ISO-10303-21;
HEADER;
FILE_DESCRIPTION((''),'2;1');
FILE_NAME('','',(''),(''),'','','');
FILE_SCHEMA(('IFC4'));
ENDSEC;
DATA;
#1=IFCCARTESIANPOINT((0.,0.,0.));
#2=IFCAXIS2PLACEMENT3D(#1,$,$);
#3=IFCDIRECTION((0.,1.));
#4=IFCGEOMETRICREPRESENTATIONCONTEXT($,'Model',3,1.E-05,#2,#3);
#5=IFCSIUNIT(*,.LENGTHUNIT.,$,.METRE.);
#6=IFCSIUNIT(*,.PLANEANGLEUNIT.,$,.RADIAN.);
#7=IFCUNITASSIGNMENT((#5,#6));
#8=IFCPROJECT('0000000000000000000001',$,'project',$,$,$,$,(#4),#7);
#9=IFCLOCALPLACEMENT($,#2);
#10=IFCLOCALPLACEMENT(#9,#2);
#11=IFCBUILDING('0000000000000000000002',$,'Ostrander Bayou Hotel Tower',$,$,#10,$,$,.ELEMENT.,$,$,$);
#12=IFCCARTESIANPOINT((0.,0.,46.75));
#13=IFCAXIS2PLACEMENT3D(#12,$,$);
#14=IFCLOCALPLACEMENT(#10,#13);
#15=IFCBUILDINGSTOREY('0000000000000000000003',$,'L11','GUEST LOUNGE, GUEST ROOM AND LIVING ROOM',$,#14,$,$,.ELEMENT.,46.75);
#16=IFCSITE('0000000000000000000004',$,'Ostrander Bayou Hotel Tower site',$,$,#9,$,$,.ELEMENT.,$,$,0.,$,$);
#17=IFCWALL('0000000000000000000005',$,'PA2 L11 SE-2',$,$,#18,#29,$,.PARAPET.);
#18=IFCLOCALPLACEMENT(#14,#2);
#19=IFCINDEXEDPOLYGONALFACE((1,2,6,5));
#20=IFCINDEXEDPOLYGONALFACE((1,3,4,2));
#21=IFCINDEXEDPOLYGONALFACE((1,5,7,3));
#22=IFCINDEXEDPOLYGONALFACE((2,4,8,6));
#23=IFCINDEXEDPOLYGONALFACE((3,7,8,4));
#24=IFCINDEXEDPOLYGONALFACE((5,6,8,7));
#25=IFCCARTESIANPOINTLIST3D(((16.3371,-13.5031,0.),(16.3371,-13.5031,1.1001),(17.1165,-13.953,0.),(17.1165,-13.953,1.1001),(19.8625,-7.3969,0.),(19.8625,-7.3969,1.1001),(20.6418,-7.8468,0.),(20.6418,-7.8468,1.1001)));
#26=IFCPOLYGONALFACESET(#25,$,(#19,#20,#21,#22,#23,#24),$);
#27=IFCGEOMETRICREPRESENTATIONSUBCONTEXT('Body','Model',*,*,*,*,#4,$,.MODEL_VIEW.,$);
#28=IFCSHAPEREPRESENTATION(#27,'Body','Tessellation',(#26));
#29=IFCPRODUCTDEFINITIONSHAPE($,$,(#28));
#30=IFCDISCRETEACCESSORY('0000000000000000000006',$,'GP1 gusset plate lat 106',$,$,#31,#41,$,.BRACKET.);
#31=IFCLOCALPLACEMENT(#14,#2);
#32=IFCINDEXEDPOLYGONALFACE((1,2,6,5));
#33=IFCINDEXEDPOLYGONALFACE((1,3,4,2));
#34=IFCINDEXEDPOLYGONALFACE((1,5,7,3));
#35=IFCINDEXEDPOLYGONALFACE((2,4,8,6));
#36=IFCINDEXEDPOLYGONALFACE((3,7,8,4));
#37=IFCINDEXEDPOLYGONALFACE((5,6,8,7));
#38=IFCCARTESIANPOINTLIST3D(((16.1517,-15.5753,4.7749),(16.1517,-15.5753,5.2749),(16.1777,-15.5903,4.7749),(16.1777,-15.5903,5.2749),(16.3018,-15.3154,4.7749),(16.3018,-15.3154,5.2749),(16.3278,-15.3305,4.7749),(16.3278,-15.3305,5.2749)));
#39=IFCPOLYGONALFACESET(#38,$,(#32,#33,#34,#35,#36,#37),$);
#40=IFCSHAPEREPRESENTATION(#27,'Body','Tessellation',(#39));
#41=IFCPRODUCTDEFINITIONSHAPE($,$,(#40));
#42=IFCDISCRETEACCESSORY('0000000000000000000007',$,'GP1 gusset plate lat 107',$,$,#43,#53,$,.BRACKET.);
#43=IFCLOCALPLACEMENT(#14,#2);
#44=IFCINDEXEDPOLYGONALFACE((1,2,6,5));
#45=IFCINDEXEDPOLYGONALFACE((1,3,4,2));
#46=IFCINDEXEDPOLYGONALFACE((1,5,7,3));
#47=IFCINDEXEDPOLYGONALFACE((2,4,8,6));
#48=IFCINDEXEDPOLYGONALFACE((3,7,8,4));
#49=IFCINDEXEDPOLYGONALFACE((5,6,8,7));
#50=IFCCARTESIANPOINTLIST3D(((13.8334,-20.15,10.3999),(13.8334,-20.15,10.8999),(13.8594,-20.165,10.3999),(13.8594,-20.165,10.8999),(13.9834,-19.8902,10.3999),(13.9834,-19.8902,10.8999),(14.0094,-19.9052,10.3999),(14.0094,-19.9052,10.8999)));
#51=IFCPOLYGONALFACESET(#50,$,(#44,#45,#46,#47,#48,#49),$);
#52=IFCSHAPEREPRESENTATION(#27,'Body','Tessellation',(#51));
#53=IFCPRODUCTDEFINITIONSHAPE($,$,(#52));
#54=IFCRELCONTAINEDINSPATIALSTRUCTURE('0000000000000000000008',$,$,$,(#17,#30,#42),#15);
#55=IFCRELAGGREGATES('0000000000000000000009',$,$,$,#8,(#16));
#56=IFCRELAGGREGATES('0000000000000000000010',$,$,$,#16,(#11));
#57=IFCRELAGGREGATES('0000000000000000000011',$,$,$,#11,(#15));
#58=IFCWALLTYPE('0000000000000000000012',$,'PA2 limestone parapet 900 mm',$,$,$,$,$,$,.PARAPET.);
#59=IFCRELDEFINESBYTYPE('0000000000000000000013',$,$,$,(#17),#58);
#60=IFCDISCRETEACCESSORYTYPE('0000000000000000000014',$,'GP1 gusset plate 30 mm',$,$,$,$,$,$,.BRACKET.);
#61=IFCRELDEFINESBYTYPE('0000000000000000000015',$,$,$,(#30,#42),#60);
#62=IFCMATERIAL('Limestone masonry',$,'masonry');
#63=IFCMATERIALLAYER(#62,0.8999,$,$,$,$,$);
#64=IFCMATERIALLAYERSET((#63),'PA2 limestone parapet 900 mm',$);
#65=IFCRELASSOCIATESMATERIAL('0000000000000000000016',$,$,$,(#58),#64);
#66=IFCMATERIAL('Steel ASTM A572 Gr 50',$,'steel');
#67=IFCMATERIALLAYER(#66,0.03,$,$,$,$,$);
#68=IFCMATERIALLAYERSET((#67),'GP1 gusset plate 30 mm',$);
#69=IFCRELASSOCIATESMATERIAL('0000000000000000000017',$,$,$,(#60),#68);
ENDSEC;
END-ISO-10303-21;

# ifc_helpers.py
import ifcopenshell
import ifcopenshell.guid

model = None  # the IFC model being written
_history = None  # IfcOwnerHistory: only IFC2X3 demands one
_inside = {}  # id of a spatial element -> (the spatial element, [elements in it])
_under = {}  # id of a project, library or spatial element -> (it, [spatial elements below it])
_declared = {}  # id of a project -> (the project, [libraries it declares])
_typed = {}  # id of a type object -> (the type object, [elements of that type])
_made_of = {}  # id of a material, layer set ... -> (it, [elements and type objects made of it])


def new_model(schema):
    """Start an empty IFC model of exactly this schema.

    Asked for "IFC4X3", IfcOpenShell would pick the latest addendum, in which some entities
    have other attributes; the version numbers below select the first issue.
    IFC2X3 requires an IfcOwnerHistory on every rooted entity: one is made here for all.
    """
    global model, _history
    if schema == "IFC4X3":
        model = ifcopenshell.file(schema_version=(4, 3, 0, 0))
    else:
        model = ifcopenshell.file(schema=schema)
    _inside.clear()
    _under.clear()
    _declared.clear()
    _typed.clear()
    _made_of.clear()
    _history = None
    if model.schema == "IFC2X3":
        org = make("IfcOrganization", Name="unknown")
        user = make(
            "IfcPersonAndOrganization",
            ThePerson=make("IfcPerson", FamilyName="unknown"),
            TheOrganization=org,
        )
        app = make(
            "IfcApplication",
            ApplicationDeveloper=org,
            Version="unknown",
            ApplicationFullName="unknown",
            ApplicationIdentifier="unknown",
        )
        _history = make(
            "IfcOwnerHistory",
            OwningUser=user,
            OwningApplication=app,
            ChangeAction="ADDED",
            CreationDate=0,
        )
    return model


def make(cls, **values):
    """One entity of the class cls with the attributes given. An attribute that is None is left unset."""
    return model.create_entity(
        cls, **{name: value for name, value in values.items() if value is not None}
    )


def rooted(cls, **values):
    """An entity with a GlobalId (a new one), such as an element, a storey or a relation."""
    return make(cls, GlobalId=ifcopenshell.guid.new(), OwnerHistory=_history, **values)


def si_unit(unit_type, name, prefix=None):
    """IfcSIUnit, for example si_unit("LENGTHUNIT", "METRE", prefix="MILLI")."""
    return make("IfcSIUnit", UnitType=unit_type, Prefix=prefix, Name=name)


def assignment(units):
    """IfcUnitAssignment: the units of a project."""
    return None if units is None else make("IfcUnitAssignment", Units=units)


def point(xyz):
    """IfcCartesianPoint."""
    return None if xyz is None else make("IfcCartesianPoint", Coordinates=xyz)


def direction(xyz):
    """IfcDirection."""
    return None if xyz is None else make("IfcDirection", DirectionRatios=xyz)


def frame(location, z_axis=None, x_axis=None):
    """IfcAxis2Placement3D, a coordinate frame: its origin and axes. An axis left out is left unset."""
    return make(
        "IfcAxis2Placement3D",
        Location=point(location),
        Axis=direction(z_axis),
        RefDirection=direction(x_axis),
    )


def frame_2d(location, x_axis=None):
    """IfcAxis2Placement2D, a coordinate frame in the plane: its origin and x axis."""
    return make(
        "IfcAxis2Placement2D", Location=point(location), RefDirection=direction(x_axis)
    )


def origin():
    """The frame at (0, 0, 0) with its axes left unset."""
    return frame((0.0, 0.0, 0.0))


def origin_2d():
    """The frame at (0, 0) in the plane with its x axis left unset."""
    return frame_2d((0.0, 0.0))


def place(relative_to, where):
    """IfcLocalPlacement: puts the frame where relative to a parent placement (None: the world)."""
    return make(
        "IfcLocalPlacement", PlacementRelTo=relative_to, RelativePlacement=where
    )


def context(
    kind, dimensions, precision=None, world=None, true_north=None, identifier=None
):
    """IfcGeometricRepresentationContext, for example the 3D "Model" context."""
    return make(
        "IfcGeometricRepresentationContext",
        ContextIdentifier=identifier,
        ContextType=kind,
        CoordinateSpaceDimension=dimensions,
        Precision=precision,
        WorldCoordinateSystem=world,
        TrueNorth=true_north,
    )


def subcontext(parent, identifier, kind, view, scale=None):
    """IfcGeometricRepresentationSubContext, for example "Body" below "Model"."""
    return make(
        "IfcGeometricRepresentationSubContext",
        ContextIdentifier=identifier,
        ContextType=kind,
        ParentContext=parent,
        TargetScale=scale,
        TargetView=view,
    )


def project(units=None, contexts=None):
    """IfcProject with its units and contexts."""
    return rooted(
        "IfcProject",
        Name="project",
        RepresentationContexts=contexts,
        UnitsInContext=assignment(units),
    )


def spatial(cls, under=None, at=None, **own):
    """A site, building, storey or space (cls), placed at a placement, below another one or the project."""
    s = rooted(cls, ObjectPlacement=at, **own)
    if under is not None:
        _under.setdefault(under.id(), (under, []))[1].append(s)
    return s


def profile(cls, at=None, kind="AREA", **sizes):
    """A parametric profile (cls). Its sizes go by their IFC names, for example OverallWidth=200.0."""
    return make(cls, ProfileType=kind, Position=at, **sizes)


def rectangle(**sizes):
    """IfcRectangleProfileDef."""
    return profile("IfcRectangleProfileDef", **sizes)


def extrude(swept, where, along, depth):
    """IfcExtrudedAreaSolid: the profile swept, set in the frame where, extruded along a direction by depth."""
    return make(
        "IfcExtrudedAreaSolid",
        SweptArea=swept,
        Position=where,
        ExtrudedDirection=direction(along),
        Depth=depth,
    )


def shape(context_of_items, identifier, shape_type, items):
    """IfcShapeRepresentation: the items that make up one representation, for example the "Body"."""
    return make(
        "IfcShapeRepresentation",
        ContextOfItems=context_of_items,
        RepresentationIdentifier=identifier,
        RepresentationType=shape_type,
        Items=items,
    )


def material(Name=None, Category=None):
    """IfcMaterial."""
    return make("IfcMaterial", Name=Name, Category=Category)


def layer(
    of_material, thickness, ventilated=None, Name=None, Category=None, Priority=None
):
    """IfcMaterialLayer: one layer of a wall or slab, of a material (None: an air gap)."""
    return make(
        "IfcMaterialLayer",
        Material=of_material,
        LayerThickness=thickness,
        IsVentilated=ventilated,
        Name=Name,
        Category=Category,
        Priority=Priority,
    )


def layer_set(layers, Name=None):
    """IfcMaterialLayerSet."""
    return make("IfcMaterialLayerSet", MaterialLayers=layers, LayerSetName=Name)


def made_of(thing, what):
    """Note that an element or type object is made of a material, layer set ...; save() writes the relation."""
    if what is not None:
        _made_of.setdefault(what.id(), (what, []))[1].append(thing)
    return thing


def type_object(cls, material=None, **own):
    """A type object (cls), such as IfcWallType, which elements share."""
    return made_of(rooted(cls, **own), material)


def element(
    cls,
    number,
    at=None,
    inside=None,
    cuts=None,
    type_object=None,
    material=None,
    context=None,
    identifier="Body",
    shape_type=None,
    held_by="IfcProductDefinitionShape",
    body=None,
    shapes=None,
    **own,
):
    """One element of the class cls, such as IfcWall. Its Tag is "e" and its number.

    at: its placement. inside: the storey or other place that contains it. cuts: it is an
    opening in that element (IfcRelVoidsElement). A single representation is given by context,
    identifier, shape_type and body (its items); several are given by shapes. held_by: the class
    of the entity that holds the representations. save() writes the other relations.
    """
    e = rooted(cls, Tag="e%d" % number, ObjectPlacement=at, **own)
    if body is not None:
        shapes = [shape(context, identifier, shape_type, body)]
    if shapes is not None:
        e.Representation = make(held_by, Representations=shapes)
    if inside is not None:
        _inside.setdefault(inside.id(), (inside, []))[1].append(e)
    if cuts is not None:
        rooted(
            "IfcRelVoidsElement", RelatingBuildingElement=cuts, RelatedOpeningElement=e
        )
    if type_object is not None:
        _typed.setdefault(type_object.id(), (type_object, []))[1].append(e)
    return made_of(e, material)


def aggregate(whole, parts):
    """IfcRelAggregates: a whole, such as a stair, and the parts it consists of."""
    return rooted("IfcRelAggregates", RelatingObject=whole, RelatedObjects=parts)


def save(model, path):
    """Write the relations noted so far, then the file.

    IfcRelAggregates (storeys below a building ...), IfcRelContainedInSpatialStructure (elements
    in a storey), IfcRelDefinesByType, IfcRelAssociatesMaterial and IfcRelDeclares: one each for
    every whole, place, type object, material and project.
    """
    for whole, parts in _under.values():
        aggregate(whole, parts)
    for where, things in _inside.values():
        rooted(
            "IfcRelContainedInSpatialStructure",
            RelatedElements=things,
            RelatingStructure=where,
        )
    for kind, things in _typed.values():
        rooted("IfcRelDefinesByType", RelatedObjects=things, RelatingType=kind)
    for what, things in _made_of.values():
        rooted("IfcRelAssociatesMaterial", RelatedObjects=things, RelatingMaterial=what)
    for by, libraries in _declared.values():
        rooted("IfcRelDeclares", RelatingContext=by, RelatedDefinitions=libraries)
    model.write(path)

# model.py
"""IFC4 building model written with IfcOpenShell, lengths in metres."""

from ifc_helpers import new_model, si_unit, direction, frame, frame_2d, origin, origin_2d, place, context, subcontext, project, spatial, rectangle, extrude, material, layer, layer_set, type_object, element, save


model = new_model("IFC4")

# Units and contexts
model_context = context("Model", 3, precision=1e-05, world=origin(), true_north=direction((0.0, 1.0)))
body_context = subcontext(model_context, "Body", "Model", "MODEL_VIEW")
ifc_project = project(units=[si_unit("LENGTHUNIT", "METRE"), si_unit("PLANEANGLEUNIT", "RADIAN")], contexts=[model_context])

# Site, building, storey
site_placement = place(None, origin())
site = spatial("IfcSite", under=ifc_project, at=site_placement, Name="Ostrander Bayou Hotel Tower site", CompositionType="ELEMENT", RefElevation=0.0)
building_placement = place(site_placement, origin())
building = spatial("IfcBuilding", under=site, at=building_placement, Name="Ostrander Bayou Hotel Tower", CompositionType="ELEMENT")
storey_placement = place(building_placement, frame((0.0, 0.0, 46.75)))
storey = spatial("IfcBuildingStorey", under=building, at=storey_placement, Name="L11", Description="GUEST LOUNGE, GUEST ROOM AND LIVING ROOM", CompositionType="ELEMENT", Elevation=46.75)

# Wall
ifc_material_1 = material(Name="Limestone masonry", Category="masonry")
ifc_layer_1 = layer(ifc_material_1, 0.8999)
ifc_layer_set_1 = layer_set([ifc_layer_1], Name="PA2 limestone parapet 900 mm")
wall_type = type_object("IfcWallType", Name="PA2 limestone parapet 900 mm", PredefinedType="PARAPET", material=ifc_layer_set_1)
wall_1_placement = place(storey_placement, frame((16.7268, -13.728, 0.0), z_axis=(0.0, 0.0, 1.0), x_axis=(0.499997, 0.866027, 0.0)))
element("IfcWall", 1, at=wall_1_placement, inside=storey, type_object=wall_type, Name="PA2 L11 SE-2", PredefinedType="PARAPET", context=body_context, shape_type="SweptSolid", body=[
    extrude(rectangle(XDim=7.0508, YDim=0.8999, at=frame_2d((3.5254, 0.0))), origin(), (0.0, 0.0, 1.0), 1.1001),
])

# Discrete accessories
ifc_material_2 = material(Name="Steel ASTM A572 Gr 50", Category="steel")
ifc_layer_2 = layer(ifc_material_2, 0.03)
ifc_layer_set_2 = layer_set([ifc_layer_2], Name="GP1 gusset plate 30 mm")
discrete_accessory_type = type_object("IfcDiscreteAccessoryType", Name="GP1 gusset plate 30 mm", PredefinedType="BRACKET", material=ifc_layer_set_2)
for number, where, z_axis, x_axis, name in (
    (2, (16.2397, -15.4529, 4.7749), (0.0, 0.0, 1.0), (0.5, 0.866025, 0.0), "GP1 gusset plate lat 106"),
    (3, (13.9214, -20.0276, 10.3999), (0.0, 0.0, 1.0), (0.5, 0.866025, 0.0), "GP1 gusset plate lat 107"),
):
    element("IfcDiscreteAccessory", number, at=place(storey_placement, frame(where, z_axis=z_axis, x_axis=x_axis)), inside=storey, type_object=discrete_accessory_type, Name=name, PredefinedType="BRACKET", context=body_context, shape_type="SweptSolid", body=[
        extrude(rectangle(XDim=0.3, YDim=0.03, at=origin_2d()), origin(), (0.0, 0.0, 1.0), 0.5),
    ])

save(model, "model.ifc")
